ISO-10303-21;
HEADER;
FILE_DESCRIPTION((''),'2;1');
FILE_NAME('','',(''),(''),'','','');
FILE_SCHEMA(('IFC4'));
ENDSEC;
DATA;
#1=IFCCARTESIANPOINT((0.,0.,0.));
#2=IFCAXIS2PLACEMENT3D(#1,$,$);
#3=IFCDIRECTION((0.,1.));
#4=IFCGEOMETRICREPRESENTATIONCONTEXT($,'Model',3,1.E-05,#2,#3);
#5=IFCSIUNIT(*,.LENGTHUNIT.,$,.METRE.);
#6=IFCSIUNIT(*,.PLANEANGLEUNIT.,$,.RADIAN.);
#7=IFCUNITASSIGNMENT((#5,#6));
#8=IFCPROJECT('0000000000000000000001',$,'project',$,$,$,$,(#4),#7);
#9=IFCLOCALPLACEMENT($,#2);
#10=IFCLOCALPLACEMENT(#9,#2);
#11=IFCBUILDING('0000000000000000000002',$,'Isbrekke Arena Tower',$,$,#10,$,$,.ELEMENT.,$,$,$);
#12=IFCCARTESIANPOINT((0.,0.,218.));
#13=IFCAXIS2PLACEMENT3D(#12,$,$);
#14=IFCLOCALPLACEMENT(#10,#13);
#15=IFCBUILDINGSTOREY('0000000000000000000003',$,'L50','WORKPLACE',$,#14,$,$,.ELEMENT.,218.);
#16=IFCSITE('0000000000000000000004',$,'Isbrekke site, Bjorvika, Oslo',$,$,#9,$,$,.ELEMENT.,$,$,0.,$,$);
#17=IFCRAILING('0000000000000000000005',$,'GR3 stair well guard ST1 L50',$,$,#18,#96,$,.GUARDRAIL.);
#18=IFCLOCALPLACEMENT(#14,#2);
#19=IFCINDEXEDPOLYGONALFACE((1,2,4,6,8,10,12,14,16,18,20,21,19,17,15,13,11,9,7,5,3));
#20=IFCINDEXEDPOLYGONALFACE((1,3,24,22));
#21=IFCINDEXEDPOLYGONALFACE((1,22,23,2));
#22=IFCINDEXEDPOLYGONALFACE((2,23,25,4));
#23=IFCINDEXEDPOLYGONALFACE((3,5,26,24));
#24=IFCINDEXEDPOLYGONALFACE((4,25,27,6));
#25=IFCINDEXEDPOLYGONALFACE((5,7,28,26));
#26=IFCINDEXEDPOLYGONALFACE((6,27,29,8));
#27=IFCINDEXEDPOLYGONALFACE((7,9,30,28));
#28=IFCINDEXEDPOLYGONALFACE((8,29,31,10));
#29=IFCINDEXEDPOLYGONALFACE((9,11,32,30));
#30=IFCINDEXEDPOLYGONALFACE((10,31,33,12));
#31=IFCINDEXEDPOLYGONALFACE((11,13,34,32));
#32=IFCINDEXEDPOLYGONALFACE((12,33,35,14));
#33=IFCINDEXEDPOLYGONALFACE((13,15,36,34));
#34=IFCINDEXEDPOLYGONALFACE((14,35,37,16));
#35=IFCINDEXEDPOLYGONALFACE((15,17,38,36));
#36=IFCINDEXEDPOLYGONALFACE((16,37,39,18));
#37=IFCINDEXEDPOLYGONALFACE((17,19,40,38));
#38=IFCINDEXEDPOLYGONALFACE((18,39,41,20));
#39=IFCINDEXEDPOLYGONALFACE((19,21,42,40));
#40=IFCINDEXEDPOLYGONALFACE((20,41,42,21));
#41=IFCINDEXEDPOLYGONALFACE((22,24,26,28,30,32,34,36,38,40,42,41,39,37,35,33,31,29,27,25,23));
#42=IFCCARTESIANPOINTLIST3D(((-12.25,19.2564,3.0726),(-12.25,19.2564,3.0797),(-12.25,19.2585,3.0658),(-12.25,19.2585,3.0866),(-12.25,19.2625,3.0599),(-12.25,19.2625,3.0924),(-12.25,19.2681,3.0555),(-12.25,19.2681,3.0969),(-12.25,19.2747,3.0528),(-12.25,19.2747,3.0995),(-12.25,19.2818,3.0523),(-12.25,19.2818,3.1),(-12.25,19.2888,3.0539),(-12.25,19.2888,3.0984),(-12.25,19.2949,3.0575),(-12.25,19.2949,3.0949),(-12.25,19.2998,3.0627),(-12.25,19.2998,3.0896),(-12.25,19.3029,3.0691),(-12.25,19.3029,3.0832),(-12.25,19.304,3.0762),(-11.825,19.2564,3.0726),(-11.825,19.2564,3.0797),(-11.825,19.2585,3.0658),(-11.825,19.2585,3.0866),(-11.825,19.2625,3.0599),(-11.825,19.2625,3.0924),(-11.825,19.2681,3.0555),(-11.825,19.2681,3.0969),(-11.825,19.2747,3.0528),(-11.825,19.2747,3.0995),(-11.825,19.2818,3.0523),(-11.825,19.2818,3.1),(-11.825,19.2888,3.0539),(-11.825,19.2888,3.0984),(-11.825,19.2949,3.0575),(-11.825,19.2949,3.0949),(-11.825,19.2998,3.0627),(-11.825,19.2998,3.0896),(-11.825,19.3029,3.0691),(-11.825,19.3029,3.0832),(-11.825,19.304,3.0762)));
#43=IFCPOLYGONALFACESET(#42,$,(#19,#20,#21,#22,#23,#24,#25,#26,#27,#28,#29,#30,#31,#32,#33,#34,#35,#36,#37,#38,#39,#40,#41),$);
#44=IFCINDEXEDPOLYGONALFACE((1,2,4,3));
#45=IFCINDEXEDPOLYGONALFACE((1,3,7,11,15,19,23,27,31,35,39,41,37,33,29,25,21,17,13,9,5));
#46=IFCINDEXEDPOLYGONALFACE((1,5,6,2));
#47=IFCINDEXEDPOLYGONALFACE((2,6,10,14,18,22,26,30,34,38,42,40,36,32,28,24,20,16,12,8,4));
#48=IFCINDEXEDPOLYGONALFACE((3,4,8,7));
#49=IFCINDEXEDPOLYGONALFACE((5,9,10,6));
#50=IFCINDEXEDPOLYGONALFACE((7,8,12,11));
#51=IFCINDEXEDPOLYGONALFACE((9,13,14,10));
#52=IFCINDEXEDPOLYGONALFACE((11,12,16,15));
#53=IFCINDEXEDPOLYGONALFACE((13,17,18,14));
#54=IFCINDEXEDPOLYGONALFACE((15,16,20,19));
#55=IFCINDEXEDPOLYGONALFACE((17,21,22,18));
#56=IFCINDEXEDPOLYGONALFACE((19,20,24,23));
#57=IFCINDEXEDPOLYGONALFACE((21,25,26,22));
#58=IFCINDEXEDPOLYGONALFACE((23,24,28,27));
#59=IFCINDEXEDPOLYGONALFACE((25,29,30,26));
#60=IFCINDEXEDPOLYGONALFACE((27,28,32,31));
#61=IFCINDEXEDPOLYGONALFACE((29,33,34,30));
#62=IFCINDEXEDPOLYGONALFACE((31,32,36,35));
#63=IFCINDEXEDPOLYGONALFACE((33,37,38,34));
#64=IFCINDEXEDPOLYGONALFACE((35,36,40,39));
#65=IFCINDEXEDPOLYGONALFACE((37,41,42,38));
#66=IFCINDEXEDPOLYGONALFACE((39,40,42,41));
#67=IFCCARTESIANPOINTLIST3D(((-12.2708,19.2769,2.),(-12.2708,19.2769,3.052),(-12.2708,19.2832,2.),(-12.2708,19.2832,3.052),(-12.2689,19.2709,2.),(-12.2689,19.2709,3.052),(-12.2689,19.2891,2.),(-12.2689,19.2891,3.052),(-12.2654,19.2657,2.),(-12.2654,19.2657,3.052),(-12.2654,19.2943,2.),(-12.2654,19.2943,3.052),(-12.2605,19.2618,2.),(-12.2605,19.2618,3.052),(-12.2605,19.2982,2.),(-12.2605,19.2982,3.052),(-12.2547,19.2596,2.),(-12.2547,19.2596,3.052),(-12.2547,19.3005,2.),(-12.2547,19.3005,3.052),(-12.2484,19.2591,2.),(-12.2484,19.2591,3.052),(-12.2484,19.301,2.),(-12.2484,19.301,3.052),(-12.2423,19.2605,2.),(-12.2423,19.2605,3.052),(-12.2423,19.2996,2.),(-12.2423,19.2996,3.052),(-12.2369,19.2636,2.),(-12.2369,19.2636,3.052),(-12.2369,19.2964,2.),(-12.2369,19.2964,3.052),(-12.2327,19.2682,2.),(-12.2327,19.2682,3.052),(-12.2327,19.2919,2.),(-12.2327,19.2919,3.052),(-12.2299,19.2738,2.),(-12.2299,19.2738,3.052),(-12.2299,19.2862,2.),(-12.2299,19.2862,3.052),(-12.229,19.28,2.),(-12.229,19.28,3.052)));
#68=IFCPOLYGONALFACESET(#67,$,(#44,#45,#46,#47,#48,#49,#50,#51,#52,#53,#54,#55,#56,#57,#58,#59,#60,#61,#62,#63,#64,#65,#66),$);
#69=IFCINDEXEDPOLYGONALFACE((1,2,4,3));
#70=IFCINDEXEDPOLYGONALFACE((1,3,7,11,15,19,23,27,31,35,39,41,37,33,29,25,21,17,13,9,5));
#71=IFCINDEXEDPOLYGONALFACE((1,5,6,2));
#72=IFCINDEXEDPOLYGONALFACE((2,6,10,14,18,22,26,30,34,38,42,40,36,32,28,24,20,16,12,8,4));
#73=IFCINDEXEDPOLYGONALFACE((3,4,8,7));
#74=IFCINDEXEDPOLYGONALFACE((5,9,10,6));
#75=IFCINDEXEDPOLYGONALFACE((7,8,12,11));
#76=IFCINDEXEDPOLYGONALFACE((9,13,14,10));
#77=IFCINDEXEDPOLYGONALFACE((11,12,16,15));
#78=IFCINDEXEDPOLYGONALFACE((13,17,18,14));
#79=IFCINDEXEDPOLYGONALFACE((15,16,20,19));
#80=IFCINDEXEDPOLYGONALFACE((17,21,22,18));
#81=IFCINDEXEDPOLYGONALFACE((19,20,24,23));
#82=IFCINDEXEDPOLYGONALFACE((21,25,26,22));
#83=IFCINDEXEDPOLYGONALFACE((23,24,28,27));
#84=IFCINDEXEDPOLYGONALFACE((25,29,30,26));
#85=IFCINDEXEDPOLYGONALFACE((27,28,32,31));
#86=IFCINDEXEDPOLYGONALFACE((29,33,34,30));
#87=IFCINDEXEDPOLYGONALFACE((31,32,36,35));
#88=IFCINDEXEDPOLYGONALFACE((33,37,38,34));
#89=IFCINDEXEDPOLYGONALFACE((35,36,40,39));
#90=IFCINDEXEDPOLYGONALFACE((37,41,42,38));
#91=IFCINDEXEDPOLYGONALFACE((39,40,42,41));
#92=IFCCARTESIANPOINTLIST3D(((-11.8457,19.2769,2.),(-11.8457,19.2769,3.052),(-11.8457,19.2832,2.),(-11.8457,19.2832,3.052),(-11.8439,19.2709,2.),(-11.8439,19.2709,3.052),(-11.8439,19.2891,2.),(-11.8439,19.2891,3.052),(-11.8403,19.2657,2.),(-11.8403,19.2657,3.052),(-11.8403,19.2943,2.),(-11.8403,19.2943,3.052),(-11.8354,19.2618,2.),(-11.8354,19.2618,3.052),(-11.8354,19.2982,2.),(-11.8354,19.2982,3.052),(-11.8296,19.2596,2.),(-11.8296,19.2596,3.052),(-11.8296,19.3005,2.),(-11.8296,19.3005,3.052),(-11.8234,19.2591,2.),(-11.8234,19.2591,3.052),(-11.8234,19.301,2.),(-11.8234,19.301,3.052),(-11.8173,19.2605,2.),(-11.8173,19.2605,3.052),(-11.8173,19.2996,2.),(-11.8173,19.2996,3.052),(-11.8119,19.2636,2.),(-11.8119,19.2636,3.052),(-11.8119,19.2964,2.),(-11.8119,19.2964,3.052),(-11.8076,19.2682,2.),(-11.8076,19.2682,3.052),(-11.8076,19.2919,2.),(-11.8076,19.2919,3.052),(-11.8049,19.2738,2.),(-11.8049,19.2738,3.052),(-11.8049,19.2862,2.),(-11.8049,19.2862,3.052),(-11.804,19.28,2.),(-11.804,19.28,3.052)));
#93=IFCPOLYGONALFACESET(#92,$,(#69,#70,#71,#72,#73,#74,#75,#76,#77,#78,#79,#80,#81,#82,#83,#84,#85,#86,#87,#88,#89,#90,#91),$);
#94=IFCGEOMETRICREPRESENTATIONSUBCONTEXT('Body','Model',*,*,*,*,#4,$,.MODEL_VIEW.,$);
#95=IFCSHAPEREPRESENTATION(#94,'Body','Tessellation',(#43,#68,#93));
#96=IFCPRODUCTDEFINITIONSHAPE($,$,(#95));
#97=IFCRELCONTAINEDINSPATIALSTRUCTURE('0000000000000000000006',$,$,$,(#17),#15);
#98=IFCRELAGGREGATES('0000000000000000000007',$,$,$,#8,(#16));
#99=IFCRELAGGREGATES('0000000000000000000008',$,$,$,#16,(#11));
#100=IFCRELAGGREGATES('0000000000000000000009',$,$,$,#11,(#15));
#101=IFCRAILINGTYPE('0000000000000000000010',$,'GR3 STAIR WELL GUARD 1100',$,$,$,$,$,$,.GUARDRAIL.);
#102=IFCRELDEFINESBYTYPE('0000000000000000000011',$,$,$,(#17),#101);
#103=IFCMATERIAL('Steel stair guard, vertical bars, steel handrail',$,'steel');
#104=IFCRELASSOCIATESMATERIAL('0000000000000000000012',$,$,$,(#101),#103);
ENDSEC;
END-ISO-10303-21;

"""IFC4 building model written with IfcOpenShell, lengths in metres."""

from ifc_helpers import new_model, si_unit, direction, frame, origin, origin_2d, place, context, subcontext, project, spatial, circle, extrude, material, type_object, element, save


model = new_model("IFC4")

# Units and contexts
model_context = context("Model", 3, precision=1e-05, world=origin(), true_north=direction((0.0, 1.0)))
body_context = subcontext(model_context, "Body", "Model", "MODEL_VIEW")
ifc_project = project(units=[si_unit("LENGTHUNIT", "METRE"), si_unit("PLANEANGLEUNIT", "RADIAN")], contexts=[model_context])

# Site, building, storey
site_placement = place(None, origin())
site = spatial("IfcSite", under=ifc_project, at=site_placement, Name="Isbrekke site, Bjorvika, Oslo", CompositionType="ELEMENT", RefElevation=0.0)
building_placement = place(site_placement, origin())
building = spatial("IfcBuilding", under=site, at=building_placement, Name="Isbrekke Arena Tower", CompositionType="ELEMENT")
storey_placement = place(building_placement, frame((0.0, 0.0, 218.0)))
storey = spatial("IfcBuildingStorey", under=building, at=storey_placement, Name="L50", Description="WORKPLACE", CompositionType="ELEMENT", Elevation=218.0)

# Railing
ifc_material_1 = material(Name="Steel stair guard, vertical bars, steel handrail", Category="steel")
railing_type = type_object("IfcRailingType", Name="GR3 STAIR WELL GUARD 1100", PredefinedType="GUARDRAIL", material=ifc_material_1)
for number, where, name in (
    (1, (-12.25, 19.28, 2.0), "GR3 stair well guard ST1 L50"),
):
    element("IfcRailing", number, at=place(storey_placement, frame(where)), inside=storey, type_object=railing_type, Name=name, PredefinedType="GUARDRAIL", context=body_context, shape_type="SweptSolid", body=[
        extrude(circle(Radius=0.0239, at=origin_2d()), frame((0.0, 0.0, 1.0762), z_axis=(1.0, 0.0, 0.0), x_axis=(0.0, 1.0, 0.0)), (0.0, 0.0, 1.0), 0.425),
        extrude(circle(Radius=0.021, at=origin_2d()), origin(), (0.0, 0.0, 1.0), 1.052),
        extrude(circle(Radius=0.021, at=origin_2d()), frame((0.425, 0.0, 0.0)), (0.0, 0.0, 1.0), 1.052),
    ])

save(model, "model.ifc")
